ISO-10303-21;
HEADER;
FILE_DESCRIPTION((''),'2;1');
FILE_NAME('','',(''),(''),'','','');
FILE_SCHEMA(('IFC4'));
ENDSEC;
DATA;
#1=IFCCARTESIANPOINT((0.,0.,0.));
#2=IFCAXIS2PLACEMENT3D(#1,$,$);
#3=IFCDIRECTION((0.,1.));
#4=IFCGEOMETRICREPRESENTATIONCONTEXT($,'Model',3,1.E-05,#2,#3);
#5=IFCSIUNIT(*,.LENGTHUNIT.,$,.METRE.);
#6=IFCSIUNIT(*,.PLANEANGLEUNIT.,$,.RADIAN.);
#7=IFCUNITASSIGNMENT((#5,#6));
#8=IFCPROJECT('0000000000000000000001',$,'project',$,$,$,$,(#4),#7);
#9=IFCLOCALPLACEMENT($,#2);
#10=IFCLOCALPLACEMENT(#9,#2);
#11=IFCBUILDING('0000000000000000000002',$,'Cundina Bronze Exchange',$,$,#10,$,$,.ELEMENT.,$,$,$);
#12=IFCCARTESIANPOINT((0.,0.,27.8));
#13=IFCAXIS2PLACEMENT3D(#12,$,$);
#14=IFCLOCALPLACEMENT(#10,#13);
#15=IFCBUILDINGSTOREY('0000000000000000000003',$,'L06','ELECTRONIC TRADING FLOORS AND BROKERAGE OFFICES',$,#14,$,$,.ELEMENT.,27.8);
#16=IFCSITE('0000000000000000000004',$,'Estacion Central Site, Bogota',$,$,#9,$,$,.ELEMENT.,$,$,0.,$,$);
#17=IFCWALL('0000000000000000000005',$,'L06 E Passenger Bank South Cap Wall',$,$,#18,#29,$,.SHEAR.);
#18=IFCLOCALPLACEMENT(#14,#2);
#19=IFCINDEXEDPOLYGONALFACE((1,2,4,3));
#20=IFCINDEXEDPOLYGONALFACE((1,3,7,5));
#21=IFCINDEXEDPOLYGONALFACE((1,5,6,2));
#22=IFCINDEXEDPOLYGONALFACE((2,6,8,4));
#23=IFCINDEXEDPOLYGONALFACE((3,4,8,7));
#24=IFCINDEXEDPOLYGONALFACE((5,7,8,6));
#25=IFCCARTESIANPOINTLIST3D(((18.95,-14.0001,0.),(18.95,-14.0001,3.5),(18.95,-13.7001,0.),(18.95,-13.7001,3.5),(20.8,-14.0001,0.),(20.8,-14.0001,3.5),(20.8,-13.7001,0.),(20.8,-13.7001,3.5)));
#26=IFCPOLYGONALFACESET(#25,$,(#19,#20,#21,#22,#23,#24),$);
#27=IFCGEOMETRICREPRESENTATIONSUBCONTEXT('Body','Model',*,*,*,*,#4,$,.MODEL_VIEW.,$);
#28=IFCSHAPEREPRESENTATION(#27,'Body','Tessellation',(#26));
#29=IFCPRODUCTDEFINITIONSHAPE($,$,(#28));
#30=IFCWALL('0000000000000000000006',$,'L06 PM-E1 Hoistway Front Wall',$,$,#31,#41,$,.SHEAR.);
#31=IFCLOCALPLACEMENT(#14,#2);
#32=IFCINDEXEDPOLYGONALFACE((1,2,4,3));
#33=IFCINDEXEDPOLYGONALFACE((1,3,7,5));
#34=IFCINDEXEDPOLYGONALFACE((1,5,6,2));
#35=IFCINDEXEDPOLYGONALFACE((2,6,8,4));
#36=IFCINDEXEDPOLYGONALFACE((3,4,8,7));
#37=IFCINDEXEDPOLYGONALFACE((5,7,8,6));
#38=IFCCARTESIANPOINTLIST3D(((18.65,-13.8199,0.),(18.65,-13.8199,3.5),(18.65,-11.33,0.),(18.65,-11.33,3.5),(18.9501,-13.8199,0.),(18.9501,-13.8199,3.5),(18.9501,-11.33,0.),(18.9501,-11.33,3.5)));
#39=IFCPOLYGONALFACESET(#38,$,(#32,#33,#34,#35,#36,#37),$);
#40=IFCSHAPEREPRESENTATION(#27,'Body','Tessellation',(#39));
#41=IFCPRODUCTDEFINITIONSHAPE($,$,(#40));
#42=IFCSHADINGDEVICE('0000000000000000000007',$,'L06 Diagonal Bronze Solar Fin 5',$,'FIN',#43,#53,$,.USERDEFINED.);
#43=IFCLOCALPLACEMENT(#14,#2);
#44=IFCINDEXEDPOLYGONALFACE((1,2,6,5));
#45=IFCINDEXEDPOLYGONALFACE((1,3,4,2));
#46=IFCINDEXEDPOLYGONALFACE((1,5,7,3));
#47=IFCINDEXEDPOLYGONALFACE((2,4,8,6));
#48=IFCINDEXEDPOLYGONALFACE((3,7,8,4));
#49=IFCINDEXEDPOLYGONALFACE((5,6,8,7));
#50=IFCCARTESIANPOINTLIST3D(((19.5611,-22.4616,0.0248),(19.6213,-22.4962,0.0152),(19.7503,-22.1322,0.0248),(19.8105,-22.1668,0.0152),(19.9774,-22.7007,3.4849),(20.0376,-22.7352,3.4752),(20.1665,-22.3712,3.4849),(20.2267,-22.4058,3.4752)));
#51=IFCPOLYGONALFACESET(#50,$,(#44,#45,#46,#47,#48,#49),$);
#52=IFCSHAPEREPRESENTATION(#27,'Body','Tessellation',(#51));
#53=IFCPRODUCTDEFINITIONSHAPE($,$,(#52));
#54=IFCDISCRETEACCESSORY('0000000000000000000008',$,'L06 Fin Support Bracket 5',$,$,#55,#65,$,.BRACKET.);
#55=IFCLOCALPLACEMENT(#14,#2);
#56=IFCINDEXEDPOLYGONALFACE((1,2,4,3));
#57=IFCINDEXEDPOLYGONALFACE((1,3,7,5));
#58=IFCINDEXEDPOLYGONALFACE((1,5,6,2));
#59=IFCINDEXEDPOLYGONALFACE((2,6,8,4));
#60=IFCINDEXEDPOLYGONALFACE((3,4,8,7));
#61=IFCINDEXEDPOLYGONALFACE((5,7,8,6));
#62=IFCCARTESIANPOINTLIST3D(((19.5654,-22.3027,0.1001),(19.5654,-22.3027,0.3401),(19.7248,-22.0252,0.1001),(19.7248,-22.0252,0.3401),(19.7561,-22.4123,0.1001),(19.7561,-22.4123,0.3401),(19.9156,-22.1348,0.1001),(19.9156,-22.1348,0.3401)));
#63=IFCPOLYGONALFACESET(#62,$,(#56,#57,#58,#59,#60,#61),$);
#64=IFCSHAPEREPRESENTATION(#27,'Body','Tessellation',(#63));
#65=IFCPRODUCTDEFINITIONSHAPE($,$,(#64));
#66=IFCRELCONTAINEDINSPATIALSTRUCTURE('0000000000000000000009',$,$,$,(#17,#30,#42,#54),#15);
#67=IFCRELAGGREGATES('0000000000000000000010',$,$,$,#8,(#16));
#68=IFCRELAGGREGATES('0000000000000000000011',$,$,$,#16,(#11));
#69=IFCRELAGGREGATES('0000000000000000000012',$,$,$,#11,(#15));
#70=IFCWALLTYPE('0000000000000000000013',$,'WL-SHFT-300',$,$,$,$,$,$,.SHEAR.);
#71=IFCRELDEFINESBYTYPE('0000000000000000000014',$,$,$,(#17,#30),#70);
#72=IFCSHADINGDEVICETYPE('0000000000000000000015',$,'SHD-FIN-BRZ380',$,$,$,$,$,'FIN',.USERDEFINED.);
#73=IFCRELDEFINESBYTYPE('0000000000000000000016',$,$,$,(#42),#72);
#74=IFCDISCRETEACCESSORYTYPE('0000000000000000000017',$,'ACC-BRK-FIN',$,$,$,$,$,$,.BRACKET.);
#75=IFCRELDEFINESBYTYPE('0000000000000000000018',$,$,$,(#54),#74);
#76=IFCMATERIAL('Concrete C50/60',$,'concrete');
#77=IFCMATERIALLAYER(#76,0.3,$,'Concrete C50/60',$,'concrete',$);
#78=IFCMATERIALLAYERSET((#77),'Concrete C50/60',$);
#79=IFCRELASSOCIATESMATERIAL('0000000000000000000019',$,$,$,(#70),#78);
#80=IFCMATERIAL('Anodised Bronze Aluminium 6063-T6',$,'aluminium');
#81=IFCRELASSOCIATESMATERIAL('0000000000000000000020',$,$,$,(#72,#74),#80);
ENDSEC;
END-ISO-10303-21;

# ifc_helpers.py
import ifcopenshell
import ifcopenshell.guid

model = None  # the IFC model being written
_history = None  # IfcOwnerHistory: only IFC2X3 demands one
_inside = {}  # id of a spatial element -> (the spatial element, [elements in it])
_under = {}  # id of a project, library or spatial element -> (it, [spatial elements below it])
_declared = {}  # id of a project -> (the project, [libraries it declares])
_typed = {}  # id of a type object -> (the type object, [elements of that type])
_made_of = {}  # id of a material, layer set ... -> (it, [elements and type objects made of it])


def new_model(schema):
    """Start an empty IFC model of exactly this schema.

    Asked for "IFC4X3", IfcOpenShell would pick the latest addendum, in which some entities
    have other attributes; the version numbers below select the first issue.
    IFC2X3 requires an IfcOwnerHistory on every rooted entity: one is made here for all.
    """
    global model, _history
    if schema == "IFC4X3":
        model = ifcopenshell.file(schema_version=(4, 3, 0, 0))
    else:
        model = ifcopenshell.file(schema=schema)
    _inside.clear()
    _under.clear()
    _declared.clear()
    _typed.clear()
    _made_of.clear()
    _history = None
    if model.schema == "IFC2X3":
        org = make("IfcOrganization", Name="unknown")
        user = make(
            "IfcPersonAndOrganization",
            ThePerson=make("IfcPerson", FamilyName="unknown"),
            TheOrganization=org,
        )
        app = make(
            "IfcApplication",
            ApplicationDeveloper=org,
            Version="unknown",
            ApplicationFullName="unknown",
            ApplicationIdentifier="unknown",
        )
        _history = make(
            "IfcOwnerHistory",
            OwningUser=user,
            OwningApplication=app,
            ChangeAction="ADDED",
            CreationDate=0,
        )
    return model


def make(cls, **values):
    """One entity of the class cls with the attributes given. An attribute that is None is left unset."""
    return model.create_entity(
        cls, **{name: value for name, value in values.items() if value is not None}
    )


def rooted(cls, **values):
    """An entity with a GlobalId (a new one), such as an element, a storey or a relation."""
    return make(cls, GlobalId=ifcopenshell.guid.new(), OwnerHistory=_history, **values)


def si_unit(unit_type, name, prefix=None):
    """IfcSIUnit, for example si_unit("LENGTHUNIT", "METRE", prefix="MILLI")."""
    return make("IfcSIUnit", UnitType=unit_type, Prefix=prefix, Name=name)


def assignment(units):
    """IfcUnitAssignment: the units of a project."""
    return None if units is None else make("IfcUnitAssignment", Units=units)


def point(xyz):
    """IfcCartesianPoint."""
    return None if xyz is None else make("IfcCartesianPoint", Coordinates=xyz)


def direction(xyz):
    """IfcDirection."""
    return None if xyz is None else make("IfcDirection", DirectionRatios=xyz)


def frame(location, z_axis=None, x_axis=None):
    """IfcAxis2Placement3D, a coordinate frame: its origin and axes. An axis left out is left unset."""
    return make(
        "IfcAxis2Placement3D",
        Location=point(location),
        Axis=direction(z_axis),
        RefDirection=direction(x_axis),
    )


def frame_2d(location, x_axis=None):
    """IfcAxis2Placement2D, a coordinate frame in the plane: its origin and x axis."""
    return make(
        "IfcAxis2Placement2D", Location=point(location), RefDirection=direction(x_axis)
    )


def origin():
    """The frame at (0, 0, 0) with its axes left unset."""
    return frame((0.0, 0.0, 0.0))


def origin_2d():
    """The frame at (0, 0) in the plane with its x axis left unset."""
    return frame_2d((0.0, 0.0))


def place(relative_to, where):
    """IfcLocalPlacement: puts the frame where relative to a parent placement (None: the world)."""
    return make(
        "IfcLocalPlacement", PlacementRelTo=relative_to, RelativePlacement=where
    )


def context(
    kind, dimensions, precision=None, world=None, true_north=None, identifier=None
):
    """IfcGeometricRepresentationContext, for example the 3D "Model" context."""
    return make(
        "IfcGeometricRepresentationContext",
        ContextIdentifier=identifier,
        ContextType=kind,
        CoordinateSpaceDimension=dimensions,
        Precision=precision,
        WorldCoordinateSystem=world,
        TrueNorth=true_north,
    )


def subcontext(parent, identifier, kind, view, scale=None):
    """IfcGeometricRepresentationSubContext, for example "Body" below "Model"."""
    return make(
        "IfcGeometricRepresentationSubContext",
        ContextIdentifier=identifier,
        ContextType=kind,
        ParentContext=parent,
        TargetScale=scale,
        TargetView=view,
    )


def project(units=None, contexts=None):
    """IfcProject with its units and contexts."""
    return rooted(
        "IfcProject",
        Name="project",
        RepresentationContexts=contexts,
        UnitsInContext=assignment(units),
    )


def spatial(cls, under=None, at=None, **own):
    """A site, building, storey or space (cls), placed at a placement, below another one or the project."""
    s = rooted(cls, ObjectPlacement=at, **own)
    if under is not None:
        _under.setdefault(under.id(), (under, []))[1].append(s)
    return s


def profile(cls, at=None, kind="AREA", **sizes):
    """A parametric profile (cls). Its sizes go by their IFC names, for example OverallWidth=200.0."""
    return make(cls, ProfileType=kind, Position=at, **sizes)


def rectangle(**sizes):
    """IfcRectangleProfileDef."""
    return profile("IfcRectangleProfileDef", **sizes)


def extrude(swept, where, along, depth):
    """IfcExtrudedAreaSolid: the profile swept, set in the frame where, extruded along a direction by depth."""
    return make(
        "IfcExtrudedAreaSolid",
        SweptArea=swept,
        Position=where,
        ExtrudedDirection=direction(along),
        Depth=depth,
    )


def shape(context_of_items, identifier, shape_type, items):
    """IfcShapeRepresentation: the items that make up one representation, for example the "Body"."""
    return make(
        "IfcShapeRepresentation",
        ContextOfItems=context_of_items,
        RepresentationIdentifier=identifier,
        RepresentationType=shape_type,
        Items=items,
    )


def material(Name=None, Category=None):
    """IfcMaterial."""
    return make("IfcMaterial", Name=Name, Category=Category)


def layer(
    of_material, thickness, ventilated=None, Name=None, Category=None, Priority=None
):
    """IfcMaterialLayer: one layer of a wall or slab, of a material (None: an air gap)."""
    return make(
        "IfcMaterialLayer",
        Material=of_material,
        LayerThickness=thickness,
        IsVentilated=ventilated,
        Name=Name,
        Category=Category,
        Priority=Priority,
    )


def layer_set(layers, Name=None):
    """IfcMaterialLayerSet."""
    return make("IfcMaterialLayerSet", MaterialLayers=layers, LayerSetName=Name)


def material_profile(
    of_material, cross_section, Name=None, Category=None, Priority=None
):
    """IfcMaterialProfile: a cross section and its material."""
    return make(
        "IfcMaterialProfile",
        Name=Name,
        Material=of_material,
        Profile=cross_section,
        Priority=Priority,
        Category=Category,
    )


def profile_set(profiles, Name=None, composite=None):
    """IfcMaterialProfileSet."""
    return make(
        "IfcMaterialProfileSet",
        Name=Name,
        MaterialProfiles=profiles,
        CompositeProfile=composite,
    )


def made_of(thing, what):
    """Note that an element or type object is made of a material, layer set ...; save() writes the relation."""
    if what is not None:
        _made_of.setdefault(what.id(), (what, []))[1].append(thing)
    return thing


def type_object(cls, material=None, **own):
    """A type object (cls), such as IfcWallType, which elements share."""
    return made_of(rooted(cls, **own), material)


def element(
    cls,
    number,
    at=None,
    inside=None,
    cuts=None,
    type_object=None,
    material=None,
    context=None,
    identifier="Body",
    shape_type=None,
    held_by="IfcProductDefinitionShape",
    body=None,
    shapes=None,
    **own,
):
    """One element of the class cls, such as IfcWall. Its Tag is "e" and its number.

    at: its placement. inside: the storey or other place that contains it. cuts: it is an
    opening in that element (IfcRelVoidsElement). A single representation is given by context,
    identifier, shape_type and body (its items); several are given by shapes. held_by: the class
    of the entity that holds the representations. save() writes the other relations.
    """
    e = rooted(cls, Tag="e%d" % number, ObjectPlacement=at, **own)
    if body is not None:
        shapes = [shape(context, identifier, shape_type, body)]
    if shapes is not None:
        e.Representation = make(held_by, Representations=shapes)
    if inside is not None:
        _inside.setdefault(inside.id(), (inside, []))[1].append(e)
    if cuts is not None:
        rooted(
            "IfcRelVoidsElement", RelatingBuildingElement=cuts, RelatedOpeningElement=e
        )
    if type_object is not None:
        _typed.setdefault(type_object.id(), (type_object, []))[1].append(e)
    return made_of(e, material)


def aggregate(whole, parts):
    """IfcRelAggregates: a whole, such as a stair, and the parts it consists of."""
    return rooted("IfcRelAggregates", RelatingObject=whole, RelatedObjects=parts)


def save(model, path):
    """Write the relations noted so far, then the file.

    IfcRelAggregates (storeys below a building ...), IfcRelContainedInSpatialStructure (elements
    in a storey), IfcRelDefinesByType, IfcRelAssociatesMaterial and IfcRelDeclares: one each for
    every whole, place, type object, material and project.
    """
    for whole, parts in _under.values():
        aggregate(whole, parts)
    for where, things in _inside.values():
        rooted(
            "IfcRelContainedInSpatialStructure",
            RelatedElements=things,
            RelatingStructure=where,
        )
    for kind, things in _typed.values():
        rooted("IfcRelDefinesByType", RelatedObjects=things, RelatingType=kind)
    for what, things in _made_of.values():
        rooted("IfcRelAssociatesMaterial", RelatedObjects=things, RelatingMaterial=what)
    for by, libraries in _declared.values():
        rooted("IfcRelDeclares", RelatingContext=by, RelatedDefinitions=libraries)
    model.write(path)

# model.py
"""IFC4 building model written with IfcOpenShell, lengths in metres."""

from ifc_helpers import new_model, si_unit, direction, frame, frame_2d, origin, origin_2d, place, context, subcontext, project, spatial, rectangle, extrude, material, layer, layer_set, material_profile, profile_set, type_object, element, save


model = new_model("IFC4")

# Units and contexts
model_context = context("Model", 3, precision=1e-05, world=origin(), true_north=direction((0.0, 1.0)))
body_context = subcontext(model_context, "Body", "Model", "MODEL_VIEW")
ifc_project = project(units=[si_unit("LENGTHUNIT", "METRE"), si_unit("PLANEANGLEUNIT", "RADIAN")], contexts=[model_context])

# Site, building, storey
site_placement = place(None, origin())
site = spatial("IfcSite", under=ifc_project, at=site_placement, Name="Estacion Central Site, Bogota", CompositionType="ELEMENT", RefElevation=0.0)
building_placement = place(site_placement, origin())
building = spatial("IfcBuilding", under=site, at=building_placement, Name="Cundina Bronze Exchange", CompositionType="ELEMENT")
storey_placement = place(building_placement, frame((0.0, 0.0, 27.8)))
storey = spatial("IfcBuildingStorey", under=building, at=storey_placement, Name="L06", Description="ELECTRONIC TRADING FLOORS AND BROKERAGE OFFICES", CompositionType="ELEMENT", Elevation=27.8)

# Shared definitions
ifc_material_1 = material(Name="Anodised Bronze Aluminium 6063-T6", Category="aluminium")

# Walls
ifc_material_2 = material(Name="Concrete C50/60", Category="concrete")
ifc_layer_1 = layer(ifc_material_2, 0.3, Name="Concrete C50/60", Category="concrete")
ifc_layer_set_1 = layer_set([ifc_layer_1], Name="Concrete C50/60")
wall_type_1 = type_object("IfcWallType", Name="WL-SHFT-300", PredefinedType="SHEAR", material=ifc_layer_set_1)
wall_1_placement = place(storey_placement, frame((18.95, -13.8501, 0.0), z_axis=(0.0, 0.0, 1.0), x_axis=(1.0, 0.0, 0.0)))
element("IfcWall", 1, at=wall_1_placement, inside=storey, type_object=wall_type_1, Name="L06 E Passenger Bank South Cap Wall", PredefinedType="SHEAR", context=body_context, shape_type="SweptSolid", body=[
    extrude(rectangle(XDim=1.8501, YDim=0.3, at=frame_2d((0.925, 0.0))), origin(), (0.0, 0.0, 1.0), 3.5),
])
wall_2_placement = place(storey_placement, frame((18.8, -13.8201, 0.0), z_axis=(0.0, 0.0, 1.0), x_axis=(0.0, 1.0, 0.0)))
element("IfcWall", 2, at=wall_2_placement, inside=storey, type_object=wall_type_1, Name="L06 PM-E1 Hoistway Front Wall", PredefinedType="SHEAR", context=body_context, shape_type="SweptSolid", body=[
    extrude(rectangle(XDim=2.49, YDim=0.3, at=frame_2d((1.2451, 0.0))), origin(), (0.0, 0.0, 1.0), 3.5),
])

# Shading device
ifc_material_profile_1 = material_profile(ifc_material_1, rectangle(XDim=0.0701, YDim=0.3799, at=origin_2d()), Name="FIN70X380", Category="aluminium")
ifc_profile_set_1 = profile_set([ifc_material_profile_1], Name="Anodised Bronze Aluminium 6063-T6")
shading_device_type = type_object("IfcShadingDeviceType", Name="SHD-FIN-BRZ380", ElementType="FIN", PredefinedType="USERDEFINED", material=ifc_profile_set_1)
shading_device_placement = place(storey_placement, frame((19.6858, -22.3142, 0.02), z_axis=(0.119166, -0.068425, 0.990514), x_axis=(-0.858982, 0.493222, 0.137414)))
element("IfcShadingDevice", 3, at=shading_device_placement, inside=storey, type_object=shading_device_type, Name="L06 Diagonal Bronze Solar Fin 5", ObjectType="FIN", PredefinedType="USERDEFINED", context=body_context, shape_type="SweptSolid", body=[
    extrude(rectangle(XDim=0.0701, YDim=0.3799, at=origin_2d()), origin(), (0.0, 0.0, 1.0), 3.4932),
])

# Discrete accessory
discrete_accessory_type = type_object("IfcDiscreteAccessoryType", Name="ACC-BRK-FIN", PredefinedType="BRACKET", material=ifc_material_1)
discrete_accessory_placement = place(storey_placement, frame((19.7405, -22.2188, 0.1001), z_axis=(0.0, 0.0, 1.0), x_axis=(0.867105, -0.498125, 0.0)))
element("IfcDiscreteAccessory", 4, at=discrete_accessory_placement, inside=storey, type_object=discrete_accessory_type, Name="L06 Fin Support Bracket 5", PredefinedType="BRACKET", context=body_context, shape_type="SweptSolid", body=[
    extrude(rectangle(XDim=0.22, YDim=0.3201, at=origin_2d()), origin(), (0.0, 0.0, 1.0), 0.24),
])

save(model, "model.ifc")
